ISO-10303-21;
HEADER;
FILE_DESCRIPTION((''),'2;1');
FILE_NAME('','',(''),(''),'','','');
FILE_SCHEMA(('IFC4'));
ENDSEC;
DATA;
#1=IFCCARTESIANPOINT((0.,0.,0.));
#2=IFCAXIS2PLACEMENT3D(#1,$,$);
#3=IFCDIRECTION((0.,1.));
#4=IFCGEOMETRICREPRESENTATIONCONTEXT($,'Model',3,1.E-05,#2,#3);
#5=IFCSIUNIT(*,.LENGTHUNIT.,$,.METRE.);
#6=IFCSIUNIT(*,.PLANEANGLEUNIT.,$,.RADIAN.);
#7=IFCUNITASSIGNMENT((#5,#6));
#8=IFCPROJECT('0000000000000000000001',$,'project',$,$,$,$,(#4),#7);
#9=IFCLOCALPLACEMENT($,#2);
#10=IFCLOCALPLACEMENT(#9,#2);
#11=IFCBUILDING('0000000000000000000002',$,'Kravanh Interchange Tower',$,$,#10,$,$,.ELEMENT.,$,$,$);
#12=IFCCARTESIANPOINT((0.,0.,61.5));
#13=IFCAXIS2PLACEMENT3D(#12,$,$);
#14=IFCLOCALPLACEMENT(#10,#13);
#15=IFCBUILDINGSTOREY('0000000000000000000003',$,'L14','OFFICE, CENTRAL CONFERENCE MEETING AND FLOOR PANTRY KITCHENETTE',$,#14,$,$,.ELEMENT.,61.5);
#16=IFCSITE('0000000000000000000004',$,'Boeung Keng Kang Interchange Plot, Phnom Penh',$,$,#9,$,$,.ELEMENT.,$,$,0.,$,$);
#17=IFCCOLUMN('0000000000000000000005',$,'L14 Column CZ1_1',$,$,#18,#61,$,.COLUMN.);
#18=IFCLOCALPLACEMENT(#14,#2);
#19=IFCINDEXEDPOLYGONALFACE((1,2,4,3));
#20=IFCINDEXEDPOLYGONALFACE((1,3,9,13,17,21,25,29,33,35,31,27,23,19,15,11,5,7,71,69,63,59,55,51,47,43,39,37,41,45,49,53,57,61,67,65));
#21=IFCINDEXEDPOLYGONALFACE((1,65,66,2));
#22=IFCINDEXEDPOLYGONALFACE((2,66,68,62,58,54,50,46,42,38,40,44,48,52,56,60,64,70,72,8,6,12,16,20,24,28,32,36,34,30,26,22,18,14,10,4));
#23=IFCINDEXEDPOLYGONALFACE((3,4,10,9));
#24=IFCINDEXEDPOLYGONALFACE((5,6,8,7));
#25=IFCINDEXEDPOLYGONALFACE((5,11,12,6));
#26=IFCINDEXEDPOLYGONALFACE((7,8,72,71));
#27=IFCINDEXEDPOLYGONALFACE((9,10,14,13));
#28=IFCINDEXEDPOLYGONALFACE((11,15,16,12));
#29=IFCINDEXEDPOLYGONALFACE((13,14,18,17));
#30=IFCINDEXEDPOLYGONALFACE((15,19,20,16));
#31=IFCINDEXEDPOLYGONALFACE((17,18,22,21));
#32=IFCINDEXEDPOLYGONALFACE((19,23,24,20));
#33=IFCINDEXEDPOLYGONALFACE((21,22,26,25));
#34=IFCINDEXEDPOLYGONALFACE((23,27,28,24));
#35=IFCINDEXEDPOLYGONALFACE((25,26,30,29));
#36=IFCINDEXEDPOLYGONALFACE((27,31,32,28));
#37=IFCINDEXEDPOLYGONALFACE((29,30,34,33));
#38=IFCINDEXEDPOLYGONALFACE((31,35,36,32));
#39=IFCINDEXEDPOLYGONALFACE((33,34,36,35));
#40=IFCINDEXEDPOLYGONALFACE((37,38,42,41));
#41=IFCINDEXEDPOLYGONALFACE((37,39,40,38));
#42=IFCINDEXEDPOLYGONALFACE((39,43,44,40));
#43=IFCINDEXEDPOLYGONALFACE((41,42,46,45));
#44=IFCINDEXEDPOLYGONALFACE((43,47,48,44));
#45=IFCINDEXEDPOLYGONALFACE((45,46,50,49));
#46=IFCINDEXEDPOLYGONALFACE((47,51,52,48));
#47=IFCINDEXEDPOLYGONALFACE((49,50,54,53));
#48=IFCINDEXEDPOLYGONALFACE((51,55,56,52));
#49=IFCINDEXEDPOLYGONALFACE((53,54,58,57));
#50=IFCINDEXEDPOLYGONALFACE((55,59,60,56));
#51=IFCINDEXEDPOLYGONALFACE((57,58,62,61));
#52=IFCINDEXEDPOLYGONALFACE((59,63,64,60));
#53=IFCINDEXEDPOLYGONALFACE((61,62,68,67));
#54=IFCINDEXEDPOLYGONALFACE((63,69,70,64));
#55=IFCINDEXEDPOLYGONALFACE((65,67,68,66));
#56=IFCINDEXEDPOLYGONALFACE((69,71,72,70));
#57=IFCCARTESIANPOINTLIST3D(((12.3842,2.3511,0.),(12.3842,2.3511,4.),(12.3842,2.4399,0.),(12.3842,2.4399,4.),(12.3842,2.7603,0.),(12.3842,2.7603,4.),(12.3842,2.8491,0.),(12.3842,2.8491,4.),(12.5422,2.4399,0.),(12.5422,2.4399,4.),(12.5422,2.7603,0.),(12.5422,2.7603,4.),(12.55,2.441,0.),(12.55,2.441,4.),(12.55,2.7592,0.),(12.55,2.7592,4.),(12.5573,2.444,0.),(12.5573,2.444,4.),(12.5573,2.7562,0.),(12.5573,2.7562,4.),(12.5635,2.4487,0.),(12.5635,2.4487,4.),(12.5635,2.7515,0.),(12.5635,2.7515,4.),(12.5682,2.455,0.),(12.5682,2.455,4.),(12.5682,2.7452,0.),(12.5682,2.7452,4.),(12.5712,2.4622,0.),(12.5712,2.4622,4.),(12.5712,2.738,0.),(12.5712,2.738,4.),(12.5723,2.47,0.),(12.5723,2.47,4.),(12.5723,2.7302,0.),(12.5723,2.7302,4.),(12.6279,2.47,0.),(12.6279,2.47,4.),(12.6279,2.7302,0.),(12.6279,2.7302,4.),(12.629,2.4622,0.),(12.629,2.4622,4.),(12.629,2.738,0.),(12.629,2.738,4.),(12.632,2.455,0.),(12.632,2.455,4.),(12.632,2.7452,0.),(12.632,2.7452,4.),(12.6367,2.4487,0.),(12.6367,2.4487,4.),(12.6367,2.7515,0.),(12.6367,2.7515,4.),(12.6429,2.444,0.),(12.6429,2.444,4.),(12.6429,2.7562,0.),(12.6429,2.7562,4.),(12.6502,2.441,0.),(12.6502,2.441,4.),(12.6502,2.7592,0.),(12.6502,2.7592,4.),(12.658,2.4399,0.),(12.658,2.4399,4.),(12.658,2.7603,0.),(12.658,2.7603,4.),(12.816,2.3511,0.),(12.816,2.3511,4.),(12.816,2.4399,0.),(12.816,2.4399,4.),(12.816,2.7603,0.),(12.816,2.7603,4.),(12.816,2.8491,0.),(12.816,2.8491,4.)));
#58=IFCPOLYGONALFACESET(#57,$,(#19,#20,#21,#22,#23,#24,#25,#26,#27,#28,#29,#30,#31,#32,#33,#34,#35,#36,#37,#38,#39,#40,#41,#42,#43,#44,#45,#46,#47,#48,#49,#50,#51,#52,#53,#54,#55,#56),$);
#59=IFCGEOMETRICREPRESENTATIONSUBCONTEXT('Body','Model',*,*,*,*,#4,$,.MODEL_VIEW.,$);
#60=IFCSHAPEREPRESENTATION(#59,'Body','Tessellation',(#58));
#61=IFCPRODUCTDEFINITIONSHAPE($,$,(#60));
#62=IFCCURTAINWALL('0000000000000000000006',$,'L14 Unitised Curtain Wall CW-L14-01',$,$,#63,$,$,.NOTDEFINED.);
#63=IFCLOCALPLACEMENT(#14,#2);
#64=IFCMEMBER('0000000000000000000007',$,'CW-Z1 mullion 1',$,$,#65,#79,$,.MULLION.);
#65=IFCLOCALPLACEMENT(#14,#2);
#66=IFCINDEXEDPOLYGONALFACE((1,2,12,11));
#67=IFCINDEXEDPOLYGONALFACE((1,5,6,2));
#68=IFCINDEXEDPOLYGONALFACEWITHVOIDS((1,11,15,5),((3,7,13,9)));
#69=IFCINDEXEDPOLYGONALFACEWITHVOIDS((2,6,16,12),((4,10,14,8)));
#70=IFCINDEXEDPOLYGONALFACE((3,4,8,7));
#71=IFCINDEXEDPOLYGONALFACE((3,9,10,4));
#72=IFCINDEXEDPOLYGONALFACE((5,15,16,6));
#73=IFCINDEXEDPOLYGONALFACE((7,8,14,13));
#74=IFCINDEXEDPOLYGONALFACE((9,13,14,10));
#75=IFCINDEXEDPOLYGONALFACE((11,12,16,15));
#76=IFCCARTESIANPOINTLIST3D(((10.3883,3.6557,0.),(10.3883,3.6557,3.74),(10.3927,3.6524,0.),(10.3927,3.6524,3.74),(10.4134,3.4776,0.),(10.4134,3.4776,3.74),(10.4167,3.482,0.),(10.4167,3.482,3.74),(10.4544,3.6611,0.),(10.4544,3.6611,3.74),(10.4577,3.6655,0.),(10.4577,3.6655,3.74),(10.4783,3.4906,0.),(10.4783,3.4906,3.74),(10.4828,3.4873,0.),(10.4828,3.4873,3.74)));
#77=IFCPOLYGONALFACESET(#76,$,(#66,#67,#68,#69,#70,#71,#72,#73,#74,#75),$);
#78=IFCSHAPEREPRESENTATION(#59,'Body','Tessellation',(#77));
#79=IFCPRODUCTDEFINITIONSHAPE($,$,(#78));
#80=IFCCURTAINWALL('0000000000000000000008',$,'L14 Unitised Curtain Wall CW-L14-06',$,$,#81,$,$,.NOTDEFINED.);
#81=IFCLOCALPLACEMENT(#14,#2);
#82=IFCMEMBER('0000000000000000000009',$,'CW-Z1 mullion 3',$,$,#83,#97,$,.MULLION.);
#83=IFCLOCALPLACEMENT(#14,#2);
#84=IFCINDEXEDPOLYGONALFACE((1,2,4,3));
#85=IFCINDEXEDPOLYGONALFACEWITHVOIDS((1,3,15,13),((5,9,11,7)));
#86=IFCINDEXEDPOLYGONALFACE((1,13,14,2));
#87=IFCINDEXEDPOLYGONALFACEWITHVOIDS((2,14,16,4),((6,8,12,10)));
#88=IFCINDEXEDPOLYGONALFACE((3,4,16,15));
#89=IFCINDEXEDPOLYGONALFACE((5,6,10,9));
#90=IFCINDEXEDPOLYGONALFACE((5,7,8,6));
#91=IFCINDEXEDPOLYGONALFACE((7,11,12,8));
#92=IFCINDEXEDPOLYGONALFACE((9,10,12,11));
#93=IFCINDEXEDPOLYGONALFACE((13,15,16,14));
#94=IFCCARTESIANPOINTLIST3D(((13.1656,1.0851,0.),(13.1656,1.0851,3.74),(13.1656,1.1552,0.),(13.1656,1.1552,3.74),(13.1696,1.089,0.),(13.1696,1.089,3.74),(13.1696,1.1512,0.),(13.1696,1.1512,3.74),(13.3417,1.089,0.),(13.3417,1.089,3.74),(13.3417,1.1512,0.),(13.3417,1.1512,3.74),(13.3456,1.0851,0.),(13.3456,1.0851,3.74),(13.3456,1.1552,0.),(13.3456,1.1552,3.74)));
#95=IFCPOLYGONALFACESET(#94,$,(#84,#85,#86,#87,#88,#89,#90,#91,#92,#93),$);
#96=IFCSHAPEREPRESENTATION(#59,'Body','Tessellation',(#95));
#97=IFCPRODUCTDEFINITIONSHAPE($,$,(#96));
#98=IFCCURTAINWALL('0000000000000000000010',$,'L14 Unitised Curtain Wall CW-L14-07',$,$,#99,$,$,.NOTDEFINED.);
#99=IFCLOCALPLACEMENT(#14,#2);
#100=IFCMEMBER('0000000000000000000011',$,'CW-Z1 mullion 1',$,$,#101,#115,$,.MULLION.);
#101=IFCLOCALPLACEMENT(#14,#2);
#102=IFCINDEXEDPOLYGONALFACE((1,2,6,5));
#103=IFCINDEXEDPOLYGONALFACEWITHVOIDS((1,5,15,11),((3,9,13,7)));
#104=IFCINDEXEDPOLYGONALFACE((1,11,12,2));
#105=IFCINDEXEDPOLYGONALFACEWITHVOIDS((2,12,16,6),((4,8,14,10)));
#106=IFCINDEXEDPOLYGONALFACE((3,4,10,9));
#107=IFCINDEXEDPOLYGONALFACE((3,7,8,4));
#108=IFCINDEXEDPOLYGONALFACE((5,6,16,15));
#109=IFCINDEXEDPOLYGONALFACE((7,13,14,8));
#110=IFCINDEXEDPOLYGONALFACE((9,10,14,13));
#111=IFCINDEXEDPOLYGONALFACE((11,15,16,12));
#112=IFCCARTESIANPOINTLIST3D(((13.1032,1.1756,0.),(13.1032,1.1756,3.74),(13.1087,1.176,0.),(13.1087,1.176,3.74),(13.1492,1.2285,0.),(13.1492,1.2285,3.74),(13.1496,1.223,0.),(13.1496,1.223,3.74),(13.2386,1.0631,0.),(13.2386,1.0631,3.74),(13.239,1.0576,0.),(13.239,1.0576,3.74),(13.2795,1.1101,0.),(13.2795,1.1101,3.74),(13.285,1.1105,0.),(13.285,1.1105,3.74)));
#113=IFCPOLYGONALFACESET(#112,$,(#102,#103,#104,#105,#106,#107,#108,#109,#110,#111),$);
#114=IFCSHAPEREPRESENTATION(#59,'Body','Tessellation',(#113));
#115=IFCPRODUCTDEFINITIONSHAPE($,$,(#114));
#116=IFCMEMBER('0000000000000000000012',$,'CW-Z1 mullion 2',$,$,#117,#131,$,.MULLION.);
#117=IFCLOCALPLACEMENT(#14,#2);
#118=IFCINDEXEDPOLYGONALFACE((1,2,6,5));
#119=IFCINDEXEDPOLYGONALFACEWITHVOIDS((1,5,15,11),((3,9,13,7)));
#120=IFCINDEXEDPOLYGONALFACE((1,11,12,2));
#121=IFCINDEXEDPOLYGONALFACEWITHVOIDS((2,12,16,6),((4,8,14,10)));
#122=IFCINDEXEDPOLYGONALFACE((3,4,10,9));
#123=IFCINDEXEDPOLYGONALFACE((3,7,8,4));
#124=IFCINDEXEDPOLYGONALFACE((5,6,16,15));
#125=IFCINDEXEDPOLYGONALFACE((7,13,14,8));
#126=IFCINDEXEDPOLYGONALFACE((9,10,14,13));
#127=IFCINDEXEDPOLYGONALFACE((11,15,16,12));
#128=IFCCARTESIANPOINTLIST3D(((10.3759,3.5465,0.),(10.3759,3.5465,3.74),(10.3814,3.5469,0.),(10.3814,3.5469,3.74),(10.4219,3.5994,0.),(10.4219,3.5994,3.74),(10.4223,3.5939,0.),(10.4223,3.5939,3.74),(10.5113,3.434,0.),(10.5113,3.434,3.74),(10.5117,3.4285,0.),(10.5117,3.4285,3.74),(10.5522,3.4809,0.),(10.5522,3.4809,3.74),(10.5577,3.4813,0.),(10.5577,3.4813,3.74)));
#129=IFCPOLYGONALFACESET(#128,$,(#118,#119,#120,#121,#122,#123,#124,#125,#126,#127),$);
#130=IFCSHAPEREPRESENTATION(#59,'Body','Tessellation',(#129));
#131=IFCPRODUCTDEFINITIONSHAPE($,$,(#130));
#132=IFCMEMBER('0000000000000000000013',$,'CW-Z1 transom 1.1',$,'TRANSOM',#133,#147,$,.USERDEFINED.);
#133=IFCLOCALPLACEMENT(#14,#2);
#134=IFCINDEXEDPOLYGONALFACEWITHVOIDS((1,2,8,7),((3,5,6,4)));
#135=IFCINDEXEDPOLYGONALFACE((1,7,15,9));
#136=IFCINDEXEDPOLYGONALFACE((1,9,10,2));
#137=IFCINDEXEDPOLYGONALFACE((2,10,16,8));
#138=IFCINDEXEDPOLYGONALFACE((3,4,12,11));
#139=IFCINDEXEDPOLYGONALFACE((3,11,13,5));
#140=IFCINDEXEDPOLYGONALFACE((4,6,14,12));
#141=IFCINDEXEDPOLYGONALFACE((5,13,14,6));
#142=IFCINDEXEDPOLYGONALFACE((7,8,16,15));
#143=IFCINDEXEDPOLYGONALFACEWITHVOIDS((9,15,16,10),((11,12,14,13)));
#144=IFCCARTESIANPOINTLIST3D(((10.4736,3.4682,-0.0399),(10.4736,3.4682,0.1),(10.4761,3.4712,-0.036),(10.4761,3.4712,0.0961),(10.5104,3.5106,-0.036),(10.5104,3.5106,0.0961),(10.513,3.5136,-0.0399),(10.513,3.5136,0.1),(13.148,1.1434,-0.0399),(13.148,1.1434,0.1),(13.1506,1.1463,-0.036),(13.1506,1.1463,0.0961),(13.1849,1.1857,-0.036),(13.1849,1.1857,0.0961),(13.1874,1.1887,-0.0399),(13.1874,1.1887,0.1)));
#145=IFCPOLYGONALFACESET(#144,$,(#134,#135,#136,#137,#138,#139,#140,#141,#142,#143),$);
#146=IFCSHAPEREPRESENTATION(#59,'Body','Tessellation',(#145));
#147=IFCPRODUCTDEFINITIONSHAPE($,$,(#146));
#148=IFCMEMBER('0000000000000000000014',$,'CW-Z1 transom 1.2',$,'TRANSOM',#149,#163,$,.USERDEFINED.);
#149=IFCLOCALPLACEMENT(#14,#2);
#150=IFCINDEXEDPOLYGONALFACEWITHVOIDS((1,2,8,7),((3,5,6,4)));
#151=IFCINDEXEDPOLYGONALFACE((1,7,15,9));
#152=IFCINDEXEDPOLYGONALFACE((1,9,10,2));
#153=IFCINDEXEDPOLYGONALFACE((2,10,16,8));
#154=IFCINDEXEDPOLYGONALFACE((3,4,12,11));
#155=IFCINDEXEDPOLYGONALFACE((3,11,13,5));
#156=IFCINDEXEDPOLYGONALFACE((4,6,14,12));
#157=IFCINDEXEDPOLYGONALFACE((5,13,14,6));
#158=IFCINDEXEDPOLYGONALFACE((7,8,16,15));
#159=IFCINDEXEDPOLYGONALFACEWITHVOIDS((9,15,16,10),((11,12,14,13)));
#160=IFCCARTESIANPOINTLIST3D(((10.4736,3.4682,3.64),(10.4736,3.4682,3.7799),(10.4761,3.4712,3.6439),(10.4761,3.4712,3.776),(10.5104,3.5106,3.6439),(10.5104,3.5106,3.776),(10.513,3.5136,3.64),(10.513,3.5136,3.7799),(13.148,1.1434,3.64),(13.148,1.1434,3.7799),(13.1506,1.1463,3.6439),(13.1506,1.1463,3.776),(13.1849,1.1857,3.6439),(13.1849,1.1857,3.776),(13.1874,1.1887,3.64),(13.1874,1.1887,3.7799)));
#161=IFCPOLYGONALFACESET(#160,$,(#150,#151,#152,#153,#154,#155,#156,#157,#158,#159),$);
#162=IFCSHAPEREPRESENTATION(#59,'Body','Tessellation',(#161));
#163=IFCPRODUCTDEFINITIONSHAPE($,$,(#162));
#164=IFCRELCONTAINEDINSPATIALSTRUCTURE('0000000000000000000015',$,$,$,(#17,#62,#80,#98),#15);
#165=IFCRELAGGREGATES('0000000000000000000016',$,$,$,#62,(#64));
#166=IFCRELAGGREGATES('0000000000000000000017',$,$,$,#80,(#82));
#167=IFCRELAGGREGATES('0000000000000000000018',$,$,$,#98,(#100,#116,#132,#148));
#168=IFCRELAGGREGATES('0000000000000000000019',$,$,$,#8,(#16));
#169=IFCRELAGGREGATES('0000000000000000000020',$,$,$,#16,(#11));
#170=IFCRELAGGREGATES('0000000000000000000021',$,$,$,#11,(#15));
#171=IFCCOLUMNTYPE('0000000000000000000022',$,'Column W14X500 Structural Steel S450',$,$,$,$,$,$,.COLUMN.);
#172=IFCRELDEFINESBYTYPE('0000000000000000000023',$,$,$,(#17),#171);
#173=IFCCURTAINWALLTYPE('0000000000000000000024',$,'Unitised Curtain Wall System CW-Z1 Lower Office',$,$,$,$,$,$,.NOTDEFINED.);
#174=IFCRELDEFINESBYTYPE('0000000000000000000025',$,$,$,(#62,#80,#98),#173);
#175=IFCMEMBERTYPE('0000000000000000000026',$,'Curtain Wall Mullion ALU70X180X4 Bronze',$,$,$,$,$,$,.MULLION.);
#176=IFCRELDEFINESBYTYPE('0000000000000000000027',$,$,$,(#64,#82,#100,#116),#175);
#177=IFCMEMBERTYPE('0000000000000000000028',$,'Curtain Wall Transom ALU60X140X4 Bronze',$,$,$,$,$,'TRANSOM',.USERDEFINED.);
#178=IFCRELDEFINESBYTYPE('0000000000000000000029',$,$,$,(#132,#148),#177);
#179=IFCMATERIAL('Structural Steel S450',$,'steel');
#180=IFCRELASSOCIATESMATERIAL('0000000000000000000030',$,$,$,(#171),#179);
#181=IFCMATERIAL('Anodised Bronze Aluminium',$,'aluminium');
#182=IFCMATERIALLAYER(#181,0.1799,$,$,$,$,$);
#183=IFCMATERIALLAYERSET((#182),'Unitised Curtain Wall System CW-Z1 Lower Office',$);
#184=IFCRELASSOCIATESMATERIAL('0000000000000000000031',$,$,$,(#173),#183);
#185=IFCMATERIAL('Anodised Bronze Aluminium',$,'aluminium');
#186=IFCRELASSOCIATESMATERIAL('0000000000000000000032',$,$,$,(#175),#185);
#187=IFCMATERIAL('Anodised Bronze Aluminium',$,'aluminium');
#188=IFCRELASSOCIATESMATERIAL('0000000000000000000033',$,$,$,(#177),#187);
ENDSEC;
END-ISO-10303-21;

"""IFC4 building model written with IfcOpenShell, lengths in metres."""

from ifc_helpers import new_model, si_unit, direction, frame, origin, origin_2d, place, context, subcontext, project, spatial, hollow_rectangle, i_section, extrude, material, layer, layer_set, material_profile, profile_set, type_object, element, aggregate, save


model = new_model("IFC4")

# Units and contexts
model_context = context("Model", 3, precision=1e-05, world=origin(), true_north=direction((0.0, 1.0)))
body_context = subcontext(model_context, "Body", "Model", "MODEL_VIEW")
ifc_project = project(units=[si_unit("LENGTHUNIT", "METRE"), si_unit("PLANEANGLEUNIT", "RADIAN")], contexts=[model_context])

# Site, building, storey
site_placement = place(None, origin())
site = spatial("IfcSite", under=ifc_project, at=site_placement, Name="Boeung Keng Kang Interchange Plot, Phnom Penh", CompositionType="ELEMENT", RefElevation=0.0)
building_placement = place(site_placement, origin())
building = spatial("IfcBuilding", under=site, at=building_placement, Name="Kravanh Interchange Tower", CompositionType="ELEMENT")
storey_placement = place(building_placement, frame((0.0, 0.0, 61.5)))
storey = spatial("IfcBuildingStorey", under=building, at=storey_placement, Name="L14", Description="OFFICE, CENTRAL CONFERENCE MEETING AND FLOOR PANTRY KITCHENETTE", CompositionType="ELEMENT", Elevation=61.5)

# Column
ifc_material_1 = material(Name="Structural Steel S450", Category="steel")
ifc_material_profile_1 = material_profile(ifc_material_1, i_section(OverallWidth=0.4319, OverallDepth=0.498, WebThickness=0.0557, FlangeThickness=0.0889, FilletRadius=0.03, at=origin_2d()), Name="W14X500")
ifc_profile_set_1 = profile_set([ifc_material_profile_1], Name="Structural Steel S450")
column_type = type_object("IfcColumnType", Name="Column W14X500 Structural Steel S450", PredefinedType="COLUMN", material=ifc_profile_set_1)
column_placement = place(storey_placement, frame((12.6001, 2.6001, 0.0), z_axis=(0.0, 0.0, 1.0), x_axis=(1.0, 0.0, 0.0)))
element("IfcColumn", 1, at=column_placement, inside=storey, type_object=column_type, Name="L14 Column CZ1_1", PredefinedType="COLUMN", context=body_context, shape_type="SweptSolid", body=[
    extrude(i_section(OverallWidth=0.4319, OverallDepth=0.498, WebThickness=0.0557, FlangeThickness=0.0889, FilletRadius=0.03, at=origin_2d()), origin(), (0.0, 0.0, 1.0), 4.0),
])

# Curtain walls, members
ifc_material_2 = material(Name="Anodised Bronze Aluminium", Category="aluminium")
ifc_layer_1 = layer(ifc_material_2, 0.1799)
ifc_layer_set_1 = layer_set([ifc_layer_1], Name="Unitised Curtain Wall System CW-Z1 Lower Office")
curtain_wall_type = type_object("IfcCurtainWallType", Name="Unitised Curtain Wall System CW-Z1 Lower Office", PredefinedType="NOTDEFINED", material=ifc_layer_set_1)
curtain_wall_1_placement = place(storey_placement, origin())
curtain_wall_1 = element("IfcCurtainWall", 2, at=curtain_wall_1_placement, inside=storey, type_object=curtain_wall_type, Name="L14 Unitised Curtain Wall CW-L14-01", PredefinedType="NOTDEFINED")
ifc_material_3 = material(Name="Anodised Bronze Aluminium", Category="aluminium")
ifc_material_profile_2 = material_profile(ifc_material_3, hollow_rectangle(XDim=0.0701, YDim=0.1799, WallThickness=0.0039, at=origin_2d()), Name="ALU70X180X4")
ifc_profile_set_2 = profile_set([ifc_material_profile_2], Name="Anodised Bronze Aluminium")
member_type_1 = type_object("IfcMemberType", Name="Curtain Wall Mullion ALU70X180X4 Bronze", PredefinedType="MULLION", material=ifc_profile_set_2)
member_1_placement = place(storey_placement, frame((10.4355, 3.5715, 0.0), z_axis=(0.0, 0.0, 1.0), x_axis=(-0.990268, -0.139177, 0.0)))
member_1 = element("IfcMember", 3, at=member_1_placement, type_object=member_type_1, Name="CW-Z1 mullion 1", PredefinedType="MULLION", context=body_context, shape_type="SweptSolid", body=[
    extrude(hollow_rectangle(XDim=0.0701, YDim=0.1799, WallThickness=0.0039, at=origin_2d()), origin(), (0.0, 0.0, 1.0), 3.74),
])
aggregate(curtain_wall_1, [member_1])
curtain_wall_2_placement = place(storey_placement, origin())
curtain_wall_2 = element("IfcCurtainWall", 4, at=curtain_wall_2_placement, inside=storey, type_object=curtain_wall_type, Name="L14 Unitised Curtain Wall CW-L14-06", PredefinedType="NOTDEFINED")
member_2_placement = place(storey_placement, frame((13.2556, 1.1201, 0.0), z_axis=(0.0, 0.0, 1.0), x_axis=(0.0, -1.0, 0.0)))
member_2 = element("IfcMember", 5, at=member_2_placement, type_object=member_type_1, Name="CW-Z1 mullion 3", PredefinedType="MULLION", context=body_context, shape_type="SweptSolid", body=[
    extrude(hollow_rectangle(XDim=0.0701, YDim=0.1799, WallThickness=0.0039, at=origin_2d()), origin(), (0.0, 0.0, 1.0), 3.74),
])

# Curtain wall, members
curtain_wall_3_placement = place(storey_placement, origin())
curtain_wall_3 = element("IfcCurtainWall", 6, at=curtain_wall_3_placement, inside=storey, type_object=curtain_wall_type, Name="L14 Unitised Curtain Wall CW-L14-07", PredefinedType="NOTDEFINED")
member_3_placement = place(storey_placement, frame((13.1941, 1.1431, 0.0), z_axis=(0.0, 0.0, 1.0), x_axis=(-0.65606, -0.754708, 0.0)))
member_3 = element("IfcMember", 7, at=member_3_placement, type_object=member_type_1, Name="CW-Z1 mullion 1", PredefinedType="MULLION", context=body_context, shape_type="SweptSolid", body=[
    extrude(hollow_rectangle(XDim=0.0701, YDim=0.1799, WallThickness=0.0039, at=origin_2d()), origin(), (0.0, 0.0, 1.0), 3.74),
])
member_4_placement = place(storey_placement, frame((10.4668, 3.5139, 0.0), z_axis=(0.0, 0.0, 1.0), x_axis=(-0.65606, -0.754708, 0.0)))
member_4 = element("IfcMember", 8, at=member_4_placement, type_object=member_type_1, Name="CW-Z1 mullion 2", PredefinedType="MULLION", context=body_context, shape_type="SweptSolid", body=[
    extrude(hollow_rectangle(XDim=0.0701, YDim=0.1799, WallThickness=0.0039, at=origin_2d()), origin(), (0.0, 0.0, 1.0), 3.74),
])
ifc_material_4 = material(Name="Anodised Bronze Aluminium", Category="aluminium")
ifc_material_profile_3 = material_profile(ifc_material_4, hollow_rectangle(XDim=0.0601, YDim=0.1399, WallThickness=0.0039, at=origin_2d()), Name="ALU60X140X4")
ifc_profile_set_3 = profile_set([ifc_material_profile_3], Name="Anodised Bronze Aluminium")
member_type_2 = type_object("IfcMemberType", Name="Curtain Wall Transom ALU60X140X4 Bronze", ElementType="TRANSOM", PredefinedType="USERDEFINED", material=ifc_profile_set_3)
member_5_placement = place(storey_placement, frame((13.1677, 1.166, 0.03), z_axis=(-0.754711, 0.656058, 0.0), x_axis=(-0.656058, -0.754711, 0.0)))
member_5 = element("IfcMember", 9, at=member_5_placement, type_object=member_type_2, Name="CW-Z1 transom 1.1", ObjectType="TRANSOM", PredefinedType="USERDEFINED", context=body_context, shape_type="SweptSolid", body=[
    extrude(hollow_rectangle(XDim=0.0601, YDim=0.1399, WallThickness=0.0039, at=origin_2d()), origin(), (0.0, 0.0, 1.0), 3.5437),
])
member_6_placement = place(storey_placement, frame((13.1677, 1.166, 3.71), z_axis=(-0.754711, 0.656058, 0.0), x_axis=(-0.656058, -0.754711, 0.0)))
member_6 = element("IfcMember", 10, at=member_6_placement, type_object=member_type_2, Name="CW-Z1 transom 1.2", ObjectType="TRANSOM", PredefinedType="USERDEFINED", context=body_context, shape_type="SweptSolid", body=[
    extrude(hollow_rectangle(XDim=0.0601, YDim=0.1399, WallThickness=0.0039, at=origin_2d()), origin(), (0.0, 0.0, 1.0), 3.5437),
])

aggregate(curtain_wall_2, [member_2])
aggregate(curtain_wall_3, [member_3, member_4, member_5, member_6])

save(model, "model.ifc")
